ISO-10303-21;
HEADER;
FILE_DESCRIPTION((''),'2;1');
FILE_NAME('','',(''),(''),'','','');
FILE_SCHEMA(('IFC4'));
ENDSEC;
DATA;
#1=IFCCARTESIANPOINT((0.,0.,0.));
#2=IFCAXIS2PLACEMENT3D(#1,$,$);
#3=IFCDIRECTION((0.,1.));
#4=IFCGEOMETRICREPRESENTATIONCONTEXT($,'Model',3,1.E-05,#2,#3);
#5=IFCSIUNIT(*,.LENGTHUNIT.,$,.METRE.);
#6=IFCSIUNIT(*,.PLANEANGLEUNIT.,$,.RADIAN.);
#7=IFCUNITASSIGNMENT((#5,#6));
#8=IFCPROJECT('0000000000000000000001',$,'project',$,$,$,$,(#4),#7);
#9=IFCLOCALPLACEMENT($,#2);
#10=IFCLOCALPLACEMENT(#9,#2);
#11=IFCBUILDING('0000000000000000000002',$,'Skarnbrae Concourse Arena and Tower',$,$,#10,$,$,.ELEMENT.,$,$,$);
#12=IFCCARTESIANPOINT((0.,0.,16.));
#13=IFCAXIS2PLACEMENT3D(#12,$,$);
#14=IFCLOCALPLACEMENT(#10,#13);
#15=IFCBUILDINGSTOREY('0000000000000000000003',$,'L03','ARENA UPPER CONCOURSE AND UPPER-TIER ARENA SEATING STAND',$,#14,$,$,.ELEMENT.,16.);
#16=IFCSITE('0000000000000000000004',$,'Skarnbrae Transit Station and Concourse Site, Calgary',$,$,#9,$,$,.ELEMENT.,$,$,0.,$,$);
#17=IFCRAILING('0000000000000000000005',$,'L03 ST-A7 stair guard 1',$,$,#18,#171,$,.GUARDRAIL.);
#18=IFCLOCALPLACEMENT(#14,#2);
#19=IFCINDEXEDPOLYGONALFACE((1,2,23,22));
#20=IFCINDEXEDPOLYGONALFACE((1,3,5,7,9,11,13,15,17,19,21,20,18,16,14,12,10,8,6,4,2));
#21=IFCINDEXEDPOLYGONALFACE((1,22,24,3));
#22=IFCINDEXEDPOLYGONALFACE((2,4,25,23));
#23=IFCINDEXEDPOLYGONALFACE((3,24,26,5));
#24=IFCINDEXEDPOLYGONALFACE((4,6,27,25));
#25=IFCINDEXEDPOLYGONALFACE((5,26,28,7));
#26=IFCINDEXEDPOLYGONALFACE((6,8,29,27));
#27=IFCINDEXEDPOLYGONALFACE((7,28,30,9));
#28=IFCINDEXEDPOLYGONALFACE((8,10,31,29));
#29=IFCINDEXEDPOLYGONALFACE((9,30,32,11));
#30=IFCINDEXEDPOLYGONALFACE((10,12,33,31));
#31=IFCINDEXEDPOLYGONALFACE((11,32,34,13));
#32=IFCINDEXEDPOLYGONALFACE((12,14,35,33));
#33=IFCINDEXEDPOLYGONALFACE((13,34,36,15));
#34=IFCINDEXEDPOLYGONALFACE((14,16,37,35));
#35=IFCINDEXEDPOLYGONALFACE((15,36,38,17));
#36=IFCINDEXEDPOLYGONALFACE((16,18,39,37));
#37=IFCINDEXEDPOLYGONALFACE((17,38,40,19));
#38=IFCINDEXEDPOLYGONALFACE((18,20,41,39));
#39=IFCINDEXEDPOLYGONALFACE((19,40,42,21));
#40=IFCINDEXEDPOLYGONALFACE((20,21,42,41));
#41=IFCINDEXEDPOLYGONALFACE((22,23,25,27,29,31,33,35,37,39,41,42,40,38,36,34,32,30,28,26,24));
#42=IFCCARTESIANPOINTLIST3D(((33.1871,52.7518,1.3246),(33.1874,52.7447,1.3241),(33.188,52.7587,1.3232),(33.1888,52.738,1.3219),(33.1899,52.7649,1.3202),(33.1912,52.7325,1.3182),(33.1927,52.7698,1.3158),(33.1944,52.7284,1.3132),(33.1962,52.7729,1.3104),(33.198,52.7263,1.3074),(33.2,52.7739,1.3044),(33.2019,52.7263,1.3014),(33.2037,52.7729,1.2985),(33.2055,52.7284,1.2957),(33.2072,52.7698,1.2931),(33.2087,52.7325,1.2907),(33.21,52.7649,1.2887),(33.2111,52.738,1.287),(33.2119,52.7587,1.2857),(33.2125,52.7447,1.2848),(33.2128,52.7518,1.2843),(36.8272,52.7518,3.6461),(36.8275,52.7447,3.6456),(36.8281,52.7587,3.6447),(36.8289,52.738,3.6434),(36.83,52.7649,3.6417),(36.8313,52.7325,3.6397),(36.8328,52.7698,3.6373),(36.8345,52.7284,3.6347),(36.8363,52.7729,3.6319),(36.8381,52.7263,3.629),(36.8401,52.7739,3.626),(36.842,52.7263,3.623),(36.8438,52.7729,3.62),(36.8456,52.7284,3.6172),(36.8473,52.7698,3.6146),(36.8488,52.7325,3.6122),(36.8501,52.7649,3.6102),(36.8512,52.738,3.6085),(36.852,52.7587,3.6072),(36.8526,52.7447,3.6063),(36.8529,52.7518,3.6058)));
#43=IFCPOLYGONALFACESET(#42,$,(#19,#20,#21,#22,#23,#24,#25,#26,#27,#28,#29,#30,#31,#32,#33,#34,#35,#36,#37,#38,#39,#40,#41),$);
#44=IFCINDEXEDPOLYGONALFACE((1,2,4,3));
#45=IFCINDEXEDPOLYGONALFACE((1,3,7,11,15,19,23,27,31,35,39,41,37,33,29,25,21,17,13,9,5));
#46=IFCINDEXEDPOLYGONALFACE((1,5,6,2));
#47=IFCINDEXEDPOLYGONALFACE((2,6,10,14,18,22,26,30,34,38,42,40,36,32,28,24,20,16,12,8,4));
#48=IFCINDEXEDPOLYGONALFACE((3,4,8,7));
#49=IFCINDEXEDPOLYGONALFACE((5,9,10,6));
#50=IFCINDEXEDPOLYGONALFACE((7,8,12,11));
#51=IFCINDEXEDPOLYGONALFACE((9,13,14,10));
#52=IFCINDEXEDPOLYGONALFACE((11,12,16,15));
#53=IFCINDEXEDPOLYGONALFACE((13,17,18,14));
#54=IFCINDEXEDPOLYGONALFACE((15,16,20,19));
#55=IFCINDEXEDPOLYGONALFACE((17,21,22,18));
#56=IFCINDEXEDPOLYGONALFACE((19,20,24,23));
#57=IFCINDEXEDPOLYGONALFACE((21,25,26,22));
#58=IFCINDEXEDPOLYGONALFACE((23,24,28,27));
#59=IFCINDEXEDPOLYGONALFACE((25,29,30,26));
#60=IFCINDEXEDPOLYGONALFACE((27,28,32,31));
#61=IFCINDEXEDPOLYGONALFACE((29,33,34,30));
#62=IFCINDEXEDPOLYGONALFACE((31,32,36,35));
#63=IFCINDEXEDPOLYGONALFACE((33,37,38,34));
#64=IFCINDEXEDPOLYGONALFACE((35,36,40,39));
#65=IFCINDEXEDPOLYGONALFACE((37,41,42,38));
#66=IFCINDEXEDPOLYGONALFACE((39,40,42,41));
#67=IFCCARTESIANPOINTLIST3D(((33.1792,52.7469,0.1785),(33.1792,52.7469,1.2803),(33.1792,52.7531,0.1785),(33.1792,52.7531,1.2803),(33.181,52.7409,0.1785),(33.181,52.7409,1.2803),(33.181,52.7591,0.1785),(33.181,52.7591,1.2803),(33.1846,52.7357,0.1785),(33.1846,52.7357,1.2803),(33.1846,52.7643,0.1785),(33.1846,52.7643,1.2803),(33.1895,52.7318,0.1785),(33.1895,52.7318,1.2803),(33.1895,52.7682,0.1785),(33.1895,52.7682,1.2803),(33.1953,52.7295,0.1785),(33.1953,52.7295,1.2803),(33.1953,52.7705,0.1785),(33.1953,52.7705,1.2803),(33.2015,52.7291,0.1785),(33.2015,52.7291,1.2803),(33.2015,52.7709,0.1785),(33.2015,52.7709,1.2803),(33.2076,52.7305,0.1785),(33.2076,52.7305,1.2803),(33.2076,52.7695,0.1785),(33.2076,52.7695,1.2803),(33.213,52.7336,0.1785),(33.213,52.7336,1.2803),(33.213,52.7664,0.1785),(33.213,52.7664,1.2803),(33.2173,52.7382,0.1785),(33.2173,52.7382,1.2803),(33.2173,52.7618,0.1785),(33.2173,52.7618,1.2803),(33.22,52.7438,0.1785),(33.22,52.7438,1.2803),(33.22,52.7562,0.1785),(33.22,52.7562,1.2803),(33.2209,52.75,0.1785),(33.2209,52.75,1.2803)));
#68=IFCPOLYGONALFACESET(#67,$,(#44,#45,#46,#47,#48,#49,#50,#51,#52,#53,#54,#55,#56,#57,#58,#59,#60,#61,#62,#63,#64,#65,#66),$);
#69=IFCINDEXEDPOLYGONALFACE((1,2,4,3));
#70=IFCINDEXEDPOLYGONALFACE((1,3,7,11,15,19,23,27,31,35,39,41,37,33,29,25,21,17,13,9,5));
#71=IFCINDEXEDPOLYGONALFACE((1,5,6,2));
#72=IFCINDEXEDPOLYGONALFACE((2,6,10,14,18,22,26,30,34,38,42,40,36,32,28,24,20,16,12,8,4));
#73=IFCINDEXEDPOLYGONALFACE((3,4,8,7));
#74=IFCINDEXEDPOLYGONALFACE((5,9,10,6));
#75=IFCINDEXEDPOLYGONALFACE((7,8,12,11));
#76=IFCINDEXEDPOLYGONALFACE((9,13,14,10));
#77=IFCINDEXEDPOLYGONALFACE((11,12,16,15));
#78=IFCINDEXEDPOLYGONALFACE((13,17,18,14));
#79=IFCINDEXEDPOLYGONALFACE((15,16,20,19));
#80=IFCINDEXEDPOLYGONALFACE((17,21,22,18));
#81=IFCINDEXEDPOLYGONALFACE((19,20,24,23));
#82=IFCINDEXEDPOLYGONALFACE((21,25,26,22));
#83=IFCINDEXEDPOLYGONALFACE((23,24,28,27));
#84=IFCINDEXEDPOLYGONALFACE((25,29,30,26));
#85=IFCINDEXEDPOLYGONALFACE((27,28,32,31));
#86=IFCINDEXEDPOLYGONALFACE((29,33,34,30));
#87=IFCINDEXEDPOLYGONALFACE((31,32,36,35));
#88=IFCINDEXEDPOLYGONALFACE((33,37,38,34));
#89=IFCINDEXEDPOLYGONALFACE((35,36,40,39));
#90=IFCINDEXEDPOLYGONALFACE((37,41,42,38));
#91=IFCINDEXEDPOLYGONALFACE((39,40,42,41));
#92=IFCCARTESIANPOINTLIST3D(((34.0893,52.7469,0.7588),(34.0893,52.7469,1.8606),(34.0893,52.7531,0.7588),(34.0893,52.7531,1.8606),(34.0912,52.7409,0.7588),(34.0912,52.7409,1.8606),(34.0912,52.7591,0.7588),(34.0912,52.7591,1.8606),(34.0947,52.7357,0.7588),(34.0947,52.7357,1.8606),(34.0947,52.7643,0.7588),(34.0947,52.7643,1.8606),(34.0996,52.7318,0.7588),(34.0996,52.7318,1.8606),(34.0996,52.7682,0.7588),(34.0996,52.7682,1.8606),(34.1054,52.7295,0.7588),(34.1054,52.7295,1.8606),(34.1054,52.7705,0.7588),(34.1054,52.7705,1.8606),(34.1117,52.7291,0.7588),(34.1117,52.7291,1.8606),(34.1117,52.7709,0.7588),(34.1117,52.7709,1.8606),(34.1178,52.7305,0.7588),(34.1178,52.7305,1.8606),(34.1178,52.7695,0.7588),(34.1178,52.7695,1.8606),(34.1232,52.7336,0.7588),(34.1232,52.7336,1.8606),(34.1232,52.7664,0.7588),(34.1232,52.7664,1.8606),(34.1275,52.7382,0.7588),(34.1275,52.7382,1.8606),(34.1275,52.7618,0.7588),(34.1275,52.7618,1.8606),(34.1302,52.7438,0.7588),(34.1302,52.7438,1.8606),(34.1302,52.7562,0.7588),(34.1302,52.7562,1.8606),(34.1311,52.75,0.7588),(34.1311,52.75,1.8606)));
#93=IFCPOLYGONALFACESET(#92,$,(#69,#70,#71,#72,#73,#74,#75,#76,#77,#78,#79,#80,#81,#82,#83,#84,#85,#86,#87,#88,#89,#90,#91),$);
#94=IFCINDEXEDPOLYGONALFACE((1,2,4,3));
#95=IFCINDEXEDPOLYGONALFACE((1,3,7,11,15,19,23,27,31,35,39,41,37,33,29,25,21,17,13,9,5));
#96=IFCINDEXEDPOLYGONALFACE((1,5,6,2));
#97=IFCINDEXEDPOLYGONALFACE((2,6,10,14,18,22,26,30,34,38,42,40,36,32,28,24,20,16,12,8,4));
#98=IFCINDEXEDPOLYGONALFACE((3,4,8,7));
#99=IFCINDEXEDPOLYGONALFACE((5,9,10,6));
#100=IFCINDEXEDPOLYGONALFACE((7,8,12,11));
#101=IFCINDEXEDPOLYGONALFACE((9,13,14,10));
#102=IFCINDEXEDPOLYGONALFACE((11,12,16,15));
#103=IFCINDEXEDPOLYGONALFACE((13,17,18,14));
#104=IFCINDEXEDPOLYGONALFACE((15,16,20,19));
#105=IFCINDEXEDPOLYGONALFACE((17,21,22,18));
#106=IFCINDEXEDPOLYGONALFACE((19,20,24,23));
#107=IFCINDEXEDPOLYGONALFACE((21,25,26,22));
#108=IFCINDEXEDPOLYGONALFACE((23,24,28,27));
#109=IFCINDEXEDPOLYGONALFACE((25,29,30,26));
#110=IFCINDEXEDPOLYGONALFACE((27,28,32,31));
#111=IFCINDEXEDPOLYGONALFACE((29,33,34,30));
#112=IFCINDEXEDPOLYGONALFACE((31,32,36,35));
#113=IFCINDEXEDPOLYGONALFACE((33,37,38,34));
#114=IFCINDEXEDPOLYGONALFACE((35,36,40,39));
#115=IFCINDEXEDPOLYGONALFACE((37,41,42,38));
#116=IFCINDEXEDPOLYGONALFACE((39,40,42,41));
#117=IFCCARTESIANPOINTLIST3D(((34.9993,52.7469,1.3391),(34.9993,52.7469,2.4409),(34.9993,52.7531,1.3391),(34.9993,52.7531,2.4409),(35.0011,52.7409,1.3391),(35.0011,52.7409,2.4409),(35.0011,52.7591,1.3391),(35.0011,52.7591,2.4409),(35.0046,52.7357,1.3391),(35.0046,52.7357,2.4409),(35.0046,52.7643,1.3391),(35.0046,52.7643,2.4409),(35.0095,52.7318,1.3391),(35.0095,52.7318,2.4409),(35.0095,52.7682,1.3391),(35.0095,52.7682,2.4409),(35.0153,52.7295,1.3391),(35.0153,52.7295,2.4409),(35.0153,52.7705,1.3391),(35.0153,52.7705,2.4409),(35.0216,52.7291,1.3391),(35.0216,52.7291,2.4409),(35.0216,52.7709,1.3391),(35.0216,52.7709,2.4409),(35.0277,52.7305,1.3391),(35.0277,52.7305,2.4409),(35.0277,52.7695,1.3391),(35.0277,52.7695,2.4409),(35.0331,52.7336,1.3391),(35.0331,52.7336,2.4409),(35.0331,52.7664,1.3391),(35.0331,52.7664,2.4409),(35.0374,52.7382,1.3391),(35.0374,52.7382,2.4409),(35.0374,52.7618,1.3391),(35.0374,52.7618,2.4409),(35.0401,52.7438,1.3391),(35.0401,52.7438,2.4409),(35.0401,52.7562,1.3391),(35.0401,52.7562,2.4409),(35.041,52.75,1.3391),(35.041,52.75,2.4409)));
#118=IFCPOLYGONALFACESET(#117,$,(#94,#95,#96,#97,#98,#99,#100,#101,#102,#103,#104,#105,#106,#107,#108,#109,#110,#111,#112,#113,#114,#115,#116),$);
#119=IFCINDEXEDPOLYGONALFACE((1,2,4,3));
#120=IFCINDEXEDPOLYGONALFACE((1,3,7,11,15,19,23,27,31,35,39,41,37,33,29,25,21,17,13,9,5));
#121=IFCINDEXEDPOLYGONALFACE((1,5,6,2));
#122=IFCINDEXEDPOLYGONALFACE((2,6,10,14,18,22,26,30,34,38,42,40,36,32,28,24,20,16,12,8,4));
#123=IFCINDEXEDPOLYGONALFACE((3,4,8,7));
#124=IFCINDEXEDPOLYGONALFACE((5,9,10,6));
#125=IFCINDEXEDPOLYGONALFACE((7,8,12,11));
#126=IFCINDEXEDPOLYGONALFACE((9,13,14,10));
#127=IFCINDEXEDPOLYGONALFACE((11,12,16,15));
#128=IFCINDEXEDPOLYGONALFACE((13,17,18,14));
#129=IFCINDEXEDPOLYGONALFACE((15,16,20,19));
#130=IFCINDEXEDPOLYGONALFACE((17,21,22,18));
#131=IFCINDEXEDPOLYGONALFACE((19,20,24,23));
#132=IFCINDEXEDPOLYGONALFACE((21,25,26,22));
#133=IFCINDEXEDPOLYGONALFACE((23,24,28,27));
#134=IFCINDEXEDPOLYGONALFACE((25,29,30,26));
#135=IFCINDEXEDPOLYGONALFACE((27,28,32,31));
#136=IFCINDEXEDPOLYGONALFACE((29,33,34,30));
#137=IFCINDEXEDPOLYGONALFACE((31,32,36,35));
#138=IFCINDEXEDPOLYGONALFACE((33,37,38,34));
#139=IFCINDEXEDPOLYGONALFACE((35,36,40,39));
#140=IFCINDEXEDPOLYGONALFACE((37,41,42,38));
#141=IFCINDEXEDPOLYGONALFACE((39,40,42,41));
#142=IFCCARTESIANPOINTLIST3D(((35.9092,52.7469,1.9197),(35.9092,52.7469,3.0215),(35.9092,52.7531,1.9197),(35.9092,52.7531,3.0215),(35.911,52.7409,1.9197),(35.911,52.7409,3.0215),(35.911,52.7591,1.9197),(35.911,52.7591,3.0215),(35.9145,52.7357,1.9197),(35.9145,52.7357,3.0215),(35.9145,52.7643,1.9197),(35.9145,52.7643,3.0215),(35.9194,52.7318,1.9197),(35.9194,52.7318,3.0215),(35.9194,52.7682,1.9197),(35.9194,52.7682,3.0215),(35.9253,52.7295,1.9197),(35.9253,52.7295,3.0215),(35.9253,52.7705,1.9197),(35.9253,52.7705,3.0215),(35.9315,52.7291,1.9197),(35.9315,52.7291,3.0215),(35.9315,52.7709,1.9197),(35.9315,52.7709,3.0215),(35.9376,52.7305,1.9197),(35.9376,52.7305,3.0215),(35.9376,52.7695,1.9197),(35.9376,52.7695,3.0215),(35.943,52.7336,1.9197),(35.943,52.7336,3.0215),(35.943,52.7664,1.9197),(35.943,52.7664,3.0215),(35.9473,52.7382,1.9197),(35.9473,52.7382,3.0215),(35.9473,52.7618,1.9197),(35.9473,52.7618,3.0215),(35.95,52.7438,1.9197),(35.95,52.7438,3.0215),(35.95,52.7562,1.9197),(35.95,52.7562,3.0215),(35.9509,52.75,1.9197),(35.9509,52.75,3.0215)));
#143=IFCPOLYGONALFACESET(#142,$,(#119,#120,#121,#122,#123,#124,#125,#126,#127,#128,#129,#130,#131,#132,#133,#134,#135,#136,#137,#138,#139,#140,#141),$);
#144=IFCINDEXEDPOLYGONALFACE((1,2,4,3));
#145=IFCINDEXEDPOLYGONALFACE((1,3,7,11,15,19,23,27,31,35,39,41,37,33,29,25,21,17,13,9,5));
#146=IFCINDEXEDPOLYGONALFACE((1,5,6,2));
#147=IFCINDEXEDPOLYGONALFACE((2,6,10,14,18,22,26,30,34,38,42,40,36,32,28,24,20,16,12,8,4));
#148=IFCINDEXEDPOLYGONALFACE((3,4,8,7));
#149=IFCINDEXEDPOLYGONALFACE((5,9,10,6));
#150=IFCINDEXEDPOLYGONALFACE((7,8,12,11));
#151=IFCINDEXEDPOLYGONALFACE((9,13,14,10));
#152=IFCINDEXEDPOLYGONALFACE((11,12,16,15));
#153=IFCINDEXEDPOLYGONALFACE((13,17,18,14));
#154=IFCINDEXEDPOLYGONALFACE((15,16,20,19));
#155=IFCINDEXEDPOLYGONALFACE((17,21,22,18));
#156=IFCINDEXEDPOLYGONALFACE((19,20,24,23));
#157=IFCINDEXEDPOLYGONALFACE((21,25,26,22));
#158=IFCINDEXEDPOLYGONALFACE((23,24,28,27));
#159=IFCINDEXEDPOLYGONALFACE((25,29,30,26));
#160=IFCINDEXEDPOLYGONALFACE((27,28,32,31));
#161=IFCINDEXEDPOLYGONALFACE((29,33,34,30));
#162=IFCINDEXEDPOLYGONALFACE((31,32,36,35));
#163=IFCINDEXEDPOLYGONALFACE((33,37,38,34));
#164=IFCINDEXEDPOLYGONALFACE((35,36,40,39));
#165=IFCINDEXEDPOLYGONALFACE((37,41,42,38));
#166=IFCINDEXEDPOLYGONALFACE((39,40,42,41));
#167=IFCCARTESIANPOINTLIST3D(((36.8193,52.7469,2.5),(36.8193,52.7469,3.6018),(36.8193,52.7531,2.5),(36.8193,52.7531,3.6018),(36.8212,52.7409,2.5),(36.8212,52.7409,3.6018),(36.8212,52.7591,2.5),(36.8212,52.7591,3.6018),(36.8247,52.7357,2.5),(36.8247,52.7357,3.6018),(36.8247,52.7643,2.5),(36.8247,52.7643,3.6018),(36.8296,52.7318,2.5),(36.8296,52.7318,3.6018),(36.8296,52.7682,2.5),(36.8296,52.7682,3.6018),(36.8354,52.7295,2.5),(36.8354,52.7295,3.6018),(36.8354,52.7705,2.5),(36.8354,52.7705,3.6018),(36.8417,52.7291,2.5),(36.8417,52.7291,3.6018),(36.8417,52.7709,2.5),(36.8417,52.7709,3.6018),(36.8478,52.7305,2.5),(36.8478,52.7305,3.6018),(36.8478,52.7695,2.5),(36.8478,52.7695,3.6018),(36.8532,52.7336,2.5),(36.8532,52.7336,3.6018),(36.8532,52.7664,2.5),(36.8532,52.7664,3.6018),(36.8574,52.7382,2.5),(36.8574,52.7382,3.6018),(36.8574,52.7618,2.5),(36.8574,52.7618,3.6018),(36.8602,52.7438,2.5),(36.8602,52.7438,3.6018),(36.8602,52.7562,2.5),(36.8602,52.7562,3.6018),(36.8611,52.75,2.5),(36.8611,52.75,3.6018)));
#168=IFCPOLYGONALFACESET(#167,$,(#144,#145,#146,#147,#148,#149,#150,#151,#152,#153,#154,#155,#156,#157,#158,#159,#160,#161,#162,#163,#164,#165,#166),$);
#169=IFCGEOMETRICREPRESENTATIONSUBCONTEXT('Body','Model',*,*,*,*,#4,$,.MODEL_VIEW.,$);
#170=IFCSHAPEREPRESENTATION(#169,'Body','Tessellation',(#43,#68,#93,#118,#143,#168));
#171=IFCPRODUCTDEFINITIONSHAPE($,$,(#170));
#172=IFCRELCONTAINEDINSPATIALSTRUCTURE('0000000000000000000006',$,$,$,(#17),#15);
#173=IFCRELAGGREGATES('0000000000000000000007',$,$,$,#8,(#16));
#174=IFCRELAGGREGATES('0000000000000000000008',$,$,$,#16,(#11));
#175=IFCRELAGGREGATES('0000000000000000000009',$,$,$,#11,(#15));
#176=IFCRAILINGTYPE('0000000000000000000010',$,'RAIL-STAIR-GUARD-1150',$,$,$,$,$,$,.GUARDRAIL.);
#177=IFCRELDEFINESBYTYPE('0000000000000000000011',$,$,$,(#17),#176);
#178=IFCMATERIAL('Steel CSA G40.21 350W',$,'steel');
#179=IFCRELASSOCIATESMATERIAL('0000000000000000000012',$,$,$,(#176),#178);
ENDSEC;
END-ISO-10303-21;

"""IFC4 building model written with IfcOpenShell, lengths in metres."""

from ifc_helpers import new_model, si_unit, direction, frame, origin, origin_2d, place, context, subcontext, project, spatial, circle, extrude, material, type_object, element, save


model = new_model("IFC4")

# Units and contexts
model_context = context("Model", 3, precision=1e-05, world=origin(), true_north=direction((0.0, 1.0)))
body_context = subcontext(model_context, "Body", "Model", "MODEL_VIEW")
ifc_project = project(units=[si_unit("LENGTHUNIT", "METRE"), si_unit("PLANEANGLEUNIT", "RADIAN")], contexts=[model_context])

# Site, building, storey
site_placement = place(None, origin())
site = spatial("IfcSite", under=ifc_project, at=site_placement, Name="Skarnbrae Transit Station and Concourse Site, Calgary", CompositionType="ELEMENT", RefElevation=0.0)
building_placement = place(site_placement, origin())
building = spatial("IfcBuilding", under=site, at=building_placement, Name="Skarnbrae Concourse Arena and Tower", CompositionType="ELEMENT")
storey_placement = place(building_placement, frame((0.0, 0.0, 16.0)))
storey = spatial("IfcBuildingStorey", under=building, at=storey_placement, Name="L03", Description="ARENA UPPER CONCOURSE AND UPPER-TIER ARENA SEATING STAND", CompositionType="ELEMENT", Elevation=16.0)

# Shared definitions
ifc_material_1 = material(Name="Steel CSA G40.21 350W", Category="steel")

# Railing
railing_type_1 = type_object("IfcRailingType", Name="RAIL-STAIR-GUARD-1150", PredefinedType="GUARDRAIL", material=ifc_material_1)
railing_1_placement = place(storey_placement, frame((33.2, 52.75, 0.1785)))
element("IfcRailing", 1, at=railing_1_placement, inside=storey, type_object=railing_type_1, Name="L03 ST-A7 stair guard 1", PredefinedType="GUARDRAIL", context=body_context, shape_type="SweptSolid", body=[
    extrude(circle(Radius=0.0239, at=origin_2d()), frame((0.0, 0.0, 1.126), z_axis=(0.843128, 0.0, 0.537713), x_axis=(0.0, 1.0, 0.0)), (0.0, 0.0, 1.0), 4.3174),
    extrude(circle(Radius=0.021, at=origin_2d()), origin(), (0.0, 0.0, 1.0), 1.1018),
    extrude(circle(Radius=0.021, at=origin_2d()), frame((0.9102, 0.0, 0.5803)), (0.0, 0.0, 1.0), 1.1018),
    extrude(circle(Radius=0.021, at=origin_2d()), frame((1.8201, 0.0, 1.1606)), (0.0, 0.0, 1.0), 1.1018),
    extrude(circle(Radius=0.021, at=origin_2d()), frame((2.73, 0.0, 1.7412)), (0.0, 0.0, 1.0), 1.1018),
    extrude(circle(Radius=0.021, at=origin_2d()), frame((3.6401, 0.0, 2.3215)), (0.0, 0.0, 1.0), 1.1018),
])

save(model, "model.ifc")
